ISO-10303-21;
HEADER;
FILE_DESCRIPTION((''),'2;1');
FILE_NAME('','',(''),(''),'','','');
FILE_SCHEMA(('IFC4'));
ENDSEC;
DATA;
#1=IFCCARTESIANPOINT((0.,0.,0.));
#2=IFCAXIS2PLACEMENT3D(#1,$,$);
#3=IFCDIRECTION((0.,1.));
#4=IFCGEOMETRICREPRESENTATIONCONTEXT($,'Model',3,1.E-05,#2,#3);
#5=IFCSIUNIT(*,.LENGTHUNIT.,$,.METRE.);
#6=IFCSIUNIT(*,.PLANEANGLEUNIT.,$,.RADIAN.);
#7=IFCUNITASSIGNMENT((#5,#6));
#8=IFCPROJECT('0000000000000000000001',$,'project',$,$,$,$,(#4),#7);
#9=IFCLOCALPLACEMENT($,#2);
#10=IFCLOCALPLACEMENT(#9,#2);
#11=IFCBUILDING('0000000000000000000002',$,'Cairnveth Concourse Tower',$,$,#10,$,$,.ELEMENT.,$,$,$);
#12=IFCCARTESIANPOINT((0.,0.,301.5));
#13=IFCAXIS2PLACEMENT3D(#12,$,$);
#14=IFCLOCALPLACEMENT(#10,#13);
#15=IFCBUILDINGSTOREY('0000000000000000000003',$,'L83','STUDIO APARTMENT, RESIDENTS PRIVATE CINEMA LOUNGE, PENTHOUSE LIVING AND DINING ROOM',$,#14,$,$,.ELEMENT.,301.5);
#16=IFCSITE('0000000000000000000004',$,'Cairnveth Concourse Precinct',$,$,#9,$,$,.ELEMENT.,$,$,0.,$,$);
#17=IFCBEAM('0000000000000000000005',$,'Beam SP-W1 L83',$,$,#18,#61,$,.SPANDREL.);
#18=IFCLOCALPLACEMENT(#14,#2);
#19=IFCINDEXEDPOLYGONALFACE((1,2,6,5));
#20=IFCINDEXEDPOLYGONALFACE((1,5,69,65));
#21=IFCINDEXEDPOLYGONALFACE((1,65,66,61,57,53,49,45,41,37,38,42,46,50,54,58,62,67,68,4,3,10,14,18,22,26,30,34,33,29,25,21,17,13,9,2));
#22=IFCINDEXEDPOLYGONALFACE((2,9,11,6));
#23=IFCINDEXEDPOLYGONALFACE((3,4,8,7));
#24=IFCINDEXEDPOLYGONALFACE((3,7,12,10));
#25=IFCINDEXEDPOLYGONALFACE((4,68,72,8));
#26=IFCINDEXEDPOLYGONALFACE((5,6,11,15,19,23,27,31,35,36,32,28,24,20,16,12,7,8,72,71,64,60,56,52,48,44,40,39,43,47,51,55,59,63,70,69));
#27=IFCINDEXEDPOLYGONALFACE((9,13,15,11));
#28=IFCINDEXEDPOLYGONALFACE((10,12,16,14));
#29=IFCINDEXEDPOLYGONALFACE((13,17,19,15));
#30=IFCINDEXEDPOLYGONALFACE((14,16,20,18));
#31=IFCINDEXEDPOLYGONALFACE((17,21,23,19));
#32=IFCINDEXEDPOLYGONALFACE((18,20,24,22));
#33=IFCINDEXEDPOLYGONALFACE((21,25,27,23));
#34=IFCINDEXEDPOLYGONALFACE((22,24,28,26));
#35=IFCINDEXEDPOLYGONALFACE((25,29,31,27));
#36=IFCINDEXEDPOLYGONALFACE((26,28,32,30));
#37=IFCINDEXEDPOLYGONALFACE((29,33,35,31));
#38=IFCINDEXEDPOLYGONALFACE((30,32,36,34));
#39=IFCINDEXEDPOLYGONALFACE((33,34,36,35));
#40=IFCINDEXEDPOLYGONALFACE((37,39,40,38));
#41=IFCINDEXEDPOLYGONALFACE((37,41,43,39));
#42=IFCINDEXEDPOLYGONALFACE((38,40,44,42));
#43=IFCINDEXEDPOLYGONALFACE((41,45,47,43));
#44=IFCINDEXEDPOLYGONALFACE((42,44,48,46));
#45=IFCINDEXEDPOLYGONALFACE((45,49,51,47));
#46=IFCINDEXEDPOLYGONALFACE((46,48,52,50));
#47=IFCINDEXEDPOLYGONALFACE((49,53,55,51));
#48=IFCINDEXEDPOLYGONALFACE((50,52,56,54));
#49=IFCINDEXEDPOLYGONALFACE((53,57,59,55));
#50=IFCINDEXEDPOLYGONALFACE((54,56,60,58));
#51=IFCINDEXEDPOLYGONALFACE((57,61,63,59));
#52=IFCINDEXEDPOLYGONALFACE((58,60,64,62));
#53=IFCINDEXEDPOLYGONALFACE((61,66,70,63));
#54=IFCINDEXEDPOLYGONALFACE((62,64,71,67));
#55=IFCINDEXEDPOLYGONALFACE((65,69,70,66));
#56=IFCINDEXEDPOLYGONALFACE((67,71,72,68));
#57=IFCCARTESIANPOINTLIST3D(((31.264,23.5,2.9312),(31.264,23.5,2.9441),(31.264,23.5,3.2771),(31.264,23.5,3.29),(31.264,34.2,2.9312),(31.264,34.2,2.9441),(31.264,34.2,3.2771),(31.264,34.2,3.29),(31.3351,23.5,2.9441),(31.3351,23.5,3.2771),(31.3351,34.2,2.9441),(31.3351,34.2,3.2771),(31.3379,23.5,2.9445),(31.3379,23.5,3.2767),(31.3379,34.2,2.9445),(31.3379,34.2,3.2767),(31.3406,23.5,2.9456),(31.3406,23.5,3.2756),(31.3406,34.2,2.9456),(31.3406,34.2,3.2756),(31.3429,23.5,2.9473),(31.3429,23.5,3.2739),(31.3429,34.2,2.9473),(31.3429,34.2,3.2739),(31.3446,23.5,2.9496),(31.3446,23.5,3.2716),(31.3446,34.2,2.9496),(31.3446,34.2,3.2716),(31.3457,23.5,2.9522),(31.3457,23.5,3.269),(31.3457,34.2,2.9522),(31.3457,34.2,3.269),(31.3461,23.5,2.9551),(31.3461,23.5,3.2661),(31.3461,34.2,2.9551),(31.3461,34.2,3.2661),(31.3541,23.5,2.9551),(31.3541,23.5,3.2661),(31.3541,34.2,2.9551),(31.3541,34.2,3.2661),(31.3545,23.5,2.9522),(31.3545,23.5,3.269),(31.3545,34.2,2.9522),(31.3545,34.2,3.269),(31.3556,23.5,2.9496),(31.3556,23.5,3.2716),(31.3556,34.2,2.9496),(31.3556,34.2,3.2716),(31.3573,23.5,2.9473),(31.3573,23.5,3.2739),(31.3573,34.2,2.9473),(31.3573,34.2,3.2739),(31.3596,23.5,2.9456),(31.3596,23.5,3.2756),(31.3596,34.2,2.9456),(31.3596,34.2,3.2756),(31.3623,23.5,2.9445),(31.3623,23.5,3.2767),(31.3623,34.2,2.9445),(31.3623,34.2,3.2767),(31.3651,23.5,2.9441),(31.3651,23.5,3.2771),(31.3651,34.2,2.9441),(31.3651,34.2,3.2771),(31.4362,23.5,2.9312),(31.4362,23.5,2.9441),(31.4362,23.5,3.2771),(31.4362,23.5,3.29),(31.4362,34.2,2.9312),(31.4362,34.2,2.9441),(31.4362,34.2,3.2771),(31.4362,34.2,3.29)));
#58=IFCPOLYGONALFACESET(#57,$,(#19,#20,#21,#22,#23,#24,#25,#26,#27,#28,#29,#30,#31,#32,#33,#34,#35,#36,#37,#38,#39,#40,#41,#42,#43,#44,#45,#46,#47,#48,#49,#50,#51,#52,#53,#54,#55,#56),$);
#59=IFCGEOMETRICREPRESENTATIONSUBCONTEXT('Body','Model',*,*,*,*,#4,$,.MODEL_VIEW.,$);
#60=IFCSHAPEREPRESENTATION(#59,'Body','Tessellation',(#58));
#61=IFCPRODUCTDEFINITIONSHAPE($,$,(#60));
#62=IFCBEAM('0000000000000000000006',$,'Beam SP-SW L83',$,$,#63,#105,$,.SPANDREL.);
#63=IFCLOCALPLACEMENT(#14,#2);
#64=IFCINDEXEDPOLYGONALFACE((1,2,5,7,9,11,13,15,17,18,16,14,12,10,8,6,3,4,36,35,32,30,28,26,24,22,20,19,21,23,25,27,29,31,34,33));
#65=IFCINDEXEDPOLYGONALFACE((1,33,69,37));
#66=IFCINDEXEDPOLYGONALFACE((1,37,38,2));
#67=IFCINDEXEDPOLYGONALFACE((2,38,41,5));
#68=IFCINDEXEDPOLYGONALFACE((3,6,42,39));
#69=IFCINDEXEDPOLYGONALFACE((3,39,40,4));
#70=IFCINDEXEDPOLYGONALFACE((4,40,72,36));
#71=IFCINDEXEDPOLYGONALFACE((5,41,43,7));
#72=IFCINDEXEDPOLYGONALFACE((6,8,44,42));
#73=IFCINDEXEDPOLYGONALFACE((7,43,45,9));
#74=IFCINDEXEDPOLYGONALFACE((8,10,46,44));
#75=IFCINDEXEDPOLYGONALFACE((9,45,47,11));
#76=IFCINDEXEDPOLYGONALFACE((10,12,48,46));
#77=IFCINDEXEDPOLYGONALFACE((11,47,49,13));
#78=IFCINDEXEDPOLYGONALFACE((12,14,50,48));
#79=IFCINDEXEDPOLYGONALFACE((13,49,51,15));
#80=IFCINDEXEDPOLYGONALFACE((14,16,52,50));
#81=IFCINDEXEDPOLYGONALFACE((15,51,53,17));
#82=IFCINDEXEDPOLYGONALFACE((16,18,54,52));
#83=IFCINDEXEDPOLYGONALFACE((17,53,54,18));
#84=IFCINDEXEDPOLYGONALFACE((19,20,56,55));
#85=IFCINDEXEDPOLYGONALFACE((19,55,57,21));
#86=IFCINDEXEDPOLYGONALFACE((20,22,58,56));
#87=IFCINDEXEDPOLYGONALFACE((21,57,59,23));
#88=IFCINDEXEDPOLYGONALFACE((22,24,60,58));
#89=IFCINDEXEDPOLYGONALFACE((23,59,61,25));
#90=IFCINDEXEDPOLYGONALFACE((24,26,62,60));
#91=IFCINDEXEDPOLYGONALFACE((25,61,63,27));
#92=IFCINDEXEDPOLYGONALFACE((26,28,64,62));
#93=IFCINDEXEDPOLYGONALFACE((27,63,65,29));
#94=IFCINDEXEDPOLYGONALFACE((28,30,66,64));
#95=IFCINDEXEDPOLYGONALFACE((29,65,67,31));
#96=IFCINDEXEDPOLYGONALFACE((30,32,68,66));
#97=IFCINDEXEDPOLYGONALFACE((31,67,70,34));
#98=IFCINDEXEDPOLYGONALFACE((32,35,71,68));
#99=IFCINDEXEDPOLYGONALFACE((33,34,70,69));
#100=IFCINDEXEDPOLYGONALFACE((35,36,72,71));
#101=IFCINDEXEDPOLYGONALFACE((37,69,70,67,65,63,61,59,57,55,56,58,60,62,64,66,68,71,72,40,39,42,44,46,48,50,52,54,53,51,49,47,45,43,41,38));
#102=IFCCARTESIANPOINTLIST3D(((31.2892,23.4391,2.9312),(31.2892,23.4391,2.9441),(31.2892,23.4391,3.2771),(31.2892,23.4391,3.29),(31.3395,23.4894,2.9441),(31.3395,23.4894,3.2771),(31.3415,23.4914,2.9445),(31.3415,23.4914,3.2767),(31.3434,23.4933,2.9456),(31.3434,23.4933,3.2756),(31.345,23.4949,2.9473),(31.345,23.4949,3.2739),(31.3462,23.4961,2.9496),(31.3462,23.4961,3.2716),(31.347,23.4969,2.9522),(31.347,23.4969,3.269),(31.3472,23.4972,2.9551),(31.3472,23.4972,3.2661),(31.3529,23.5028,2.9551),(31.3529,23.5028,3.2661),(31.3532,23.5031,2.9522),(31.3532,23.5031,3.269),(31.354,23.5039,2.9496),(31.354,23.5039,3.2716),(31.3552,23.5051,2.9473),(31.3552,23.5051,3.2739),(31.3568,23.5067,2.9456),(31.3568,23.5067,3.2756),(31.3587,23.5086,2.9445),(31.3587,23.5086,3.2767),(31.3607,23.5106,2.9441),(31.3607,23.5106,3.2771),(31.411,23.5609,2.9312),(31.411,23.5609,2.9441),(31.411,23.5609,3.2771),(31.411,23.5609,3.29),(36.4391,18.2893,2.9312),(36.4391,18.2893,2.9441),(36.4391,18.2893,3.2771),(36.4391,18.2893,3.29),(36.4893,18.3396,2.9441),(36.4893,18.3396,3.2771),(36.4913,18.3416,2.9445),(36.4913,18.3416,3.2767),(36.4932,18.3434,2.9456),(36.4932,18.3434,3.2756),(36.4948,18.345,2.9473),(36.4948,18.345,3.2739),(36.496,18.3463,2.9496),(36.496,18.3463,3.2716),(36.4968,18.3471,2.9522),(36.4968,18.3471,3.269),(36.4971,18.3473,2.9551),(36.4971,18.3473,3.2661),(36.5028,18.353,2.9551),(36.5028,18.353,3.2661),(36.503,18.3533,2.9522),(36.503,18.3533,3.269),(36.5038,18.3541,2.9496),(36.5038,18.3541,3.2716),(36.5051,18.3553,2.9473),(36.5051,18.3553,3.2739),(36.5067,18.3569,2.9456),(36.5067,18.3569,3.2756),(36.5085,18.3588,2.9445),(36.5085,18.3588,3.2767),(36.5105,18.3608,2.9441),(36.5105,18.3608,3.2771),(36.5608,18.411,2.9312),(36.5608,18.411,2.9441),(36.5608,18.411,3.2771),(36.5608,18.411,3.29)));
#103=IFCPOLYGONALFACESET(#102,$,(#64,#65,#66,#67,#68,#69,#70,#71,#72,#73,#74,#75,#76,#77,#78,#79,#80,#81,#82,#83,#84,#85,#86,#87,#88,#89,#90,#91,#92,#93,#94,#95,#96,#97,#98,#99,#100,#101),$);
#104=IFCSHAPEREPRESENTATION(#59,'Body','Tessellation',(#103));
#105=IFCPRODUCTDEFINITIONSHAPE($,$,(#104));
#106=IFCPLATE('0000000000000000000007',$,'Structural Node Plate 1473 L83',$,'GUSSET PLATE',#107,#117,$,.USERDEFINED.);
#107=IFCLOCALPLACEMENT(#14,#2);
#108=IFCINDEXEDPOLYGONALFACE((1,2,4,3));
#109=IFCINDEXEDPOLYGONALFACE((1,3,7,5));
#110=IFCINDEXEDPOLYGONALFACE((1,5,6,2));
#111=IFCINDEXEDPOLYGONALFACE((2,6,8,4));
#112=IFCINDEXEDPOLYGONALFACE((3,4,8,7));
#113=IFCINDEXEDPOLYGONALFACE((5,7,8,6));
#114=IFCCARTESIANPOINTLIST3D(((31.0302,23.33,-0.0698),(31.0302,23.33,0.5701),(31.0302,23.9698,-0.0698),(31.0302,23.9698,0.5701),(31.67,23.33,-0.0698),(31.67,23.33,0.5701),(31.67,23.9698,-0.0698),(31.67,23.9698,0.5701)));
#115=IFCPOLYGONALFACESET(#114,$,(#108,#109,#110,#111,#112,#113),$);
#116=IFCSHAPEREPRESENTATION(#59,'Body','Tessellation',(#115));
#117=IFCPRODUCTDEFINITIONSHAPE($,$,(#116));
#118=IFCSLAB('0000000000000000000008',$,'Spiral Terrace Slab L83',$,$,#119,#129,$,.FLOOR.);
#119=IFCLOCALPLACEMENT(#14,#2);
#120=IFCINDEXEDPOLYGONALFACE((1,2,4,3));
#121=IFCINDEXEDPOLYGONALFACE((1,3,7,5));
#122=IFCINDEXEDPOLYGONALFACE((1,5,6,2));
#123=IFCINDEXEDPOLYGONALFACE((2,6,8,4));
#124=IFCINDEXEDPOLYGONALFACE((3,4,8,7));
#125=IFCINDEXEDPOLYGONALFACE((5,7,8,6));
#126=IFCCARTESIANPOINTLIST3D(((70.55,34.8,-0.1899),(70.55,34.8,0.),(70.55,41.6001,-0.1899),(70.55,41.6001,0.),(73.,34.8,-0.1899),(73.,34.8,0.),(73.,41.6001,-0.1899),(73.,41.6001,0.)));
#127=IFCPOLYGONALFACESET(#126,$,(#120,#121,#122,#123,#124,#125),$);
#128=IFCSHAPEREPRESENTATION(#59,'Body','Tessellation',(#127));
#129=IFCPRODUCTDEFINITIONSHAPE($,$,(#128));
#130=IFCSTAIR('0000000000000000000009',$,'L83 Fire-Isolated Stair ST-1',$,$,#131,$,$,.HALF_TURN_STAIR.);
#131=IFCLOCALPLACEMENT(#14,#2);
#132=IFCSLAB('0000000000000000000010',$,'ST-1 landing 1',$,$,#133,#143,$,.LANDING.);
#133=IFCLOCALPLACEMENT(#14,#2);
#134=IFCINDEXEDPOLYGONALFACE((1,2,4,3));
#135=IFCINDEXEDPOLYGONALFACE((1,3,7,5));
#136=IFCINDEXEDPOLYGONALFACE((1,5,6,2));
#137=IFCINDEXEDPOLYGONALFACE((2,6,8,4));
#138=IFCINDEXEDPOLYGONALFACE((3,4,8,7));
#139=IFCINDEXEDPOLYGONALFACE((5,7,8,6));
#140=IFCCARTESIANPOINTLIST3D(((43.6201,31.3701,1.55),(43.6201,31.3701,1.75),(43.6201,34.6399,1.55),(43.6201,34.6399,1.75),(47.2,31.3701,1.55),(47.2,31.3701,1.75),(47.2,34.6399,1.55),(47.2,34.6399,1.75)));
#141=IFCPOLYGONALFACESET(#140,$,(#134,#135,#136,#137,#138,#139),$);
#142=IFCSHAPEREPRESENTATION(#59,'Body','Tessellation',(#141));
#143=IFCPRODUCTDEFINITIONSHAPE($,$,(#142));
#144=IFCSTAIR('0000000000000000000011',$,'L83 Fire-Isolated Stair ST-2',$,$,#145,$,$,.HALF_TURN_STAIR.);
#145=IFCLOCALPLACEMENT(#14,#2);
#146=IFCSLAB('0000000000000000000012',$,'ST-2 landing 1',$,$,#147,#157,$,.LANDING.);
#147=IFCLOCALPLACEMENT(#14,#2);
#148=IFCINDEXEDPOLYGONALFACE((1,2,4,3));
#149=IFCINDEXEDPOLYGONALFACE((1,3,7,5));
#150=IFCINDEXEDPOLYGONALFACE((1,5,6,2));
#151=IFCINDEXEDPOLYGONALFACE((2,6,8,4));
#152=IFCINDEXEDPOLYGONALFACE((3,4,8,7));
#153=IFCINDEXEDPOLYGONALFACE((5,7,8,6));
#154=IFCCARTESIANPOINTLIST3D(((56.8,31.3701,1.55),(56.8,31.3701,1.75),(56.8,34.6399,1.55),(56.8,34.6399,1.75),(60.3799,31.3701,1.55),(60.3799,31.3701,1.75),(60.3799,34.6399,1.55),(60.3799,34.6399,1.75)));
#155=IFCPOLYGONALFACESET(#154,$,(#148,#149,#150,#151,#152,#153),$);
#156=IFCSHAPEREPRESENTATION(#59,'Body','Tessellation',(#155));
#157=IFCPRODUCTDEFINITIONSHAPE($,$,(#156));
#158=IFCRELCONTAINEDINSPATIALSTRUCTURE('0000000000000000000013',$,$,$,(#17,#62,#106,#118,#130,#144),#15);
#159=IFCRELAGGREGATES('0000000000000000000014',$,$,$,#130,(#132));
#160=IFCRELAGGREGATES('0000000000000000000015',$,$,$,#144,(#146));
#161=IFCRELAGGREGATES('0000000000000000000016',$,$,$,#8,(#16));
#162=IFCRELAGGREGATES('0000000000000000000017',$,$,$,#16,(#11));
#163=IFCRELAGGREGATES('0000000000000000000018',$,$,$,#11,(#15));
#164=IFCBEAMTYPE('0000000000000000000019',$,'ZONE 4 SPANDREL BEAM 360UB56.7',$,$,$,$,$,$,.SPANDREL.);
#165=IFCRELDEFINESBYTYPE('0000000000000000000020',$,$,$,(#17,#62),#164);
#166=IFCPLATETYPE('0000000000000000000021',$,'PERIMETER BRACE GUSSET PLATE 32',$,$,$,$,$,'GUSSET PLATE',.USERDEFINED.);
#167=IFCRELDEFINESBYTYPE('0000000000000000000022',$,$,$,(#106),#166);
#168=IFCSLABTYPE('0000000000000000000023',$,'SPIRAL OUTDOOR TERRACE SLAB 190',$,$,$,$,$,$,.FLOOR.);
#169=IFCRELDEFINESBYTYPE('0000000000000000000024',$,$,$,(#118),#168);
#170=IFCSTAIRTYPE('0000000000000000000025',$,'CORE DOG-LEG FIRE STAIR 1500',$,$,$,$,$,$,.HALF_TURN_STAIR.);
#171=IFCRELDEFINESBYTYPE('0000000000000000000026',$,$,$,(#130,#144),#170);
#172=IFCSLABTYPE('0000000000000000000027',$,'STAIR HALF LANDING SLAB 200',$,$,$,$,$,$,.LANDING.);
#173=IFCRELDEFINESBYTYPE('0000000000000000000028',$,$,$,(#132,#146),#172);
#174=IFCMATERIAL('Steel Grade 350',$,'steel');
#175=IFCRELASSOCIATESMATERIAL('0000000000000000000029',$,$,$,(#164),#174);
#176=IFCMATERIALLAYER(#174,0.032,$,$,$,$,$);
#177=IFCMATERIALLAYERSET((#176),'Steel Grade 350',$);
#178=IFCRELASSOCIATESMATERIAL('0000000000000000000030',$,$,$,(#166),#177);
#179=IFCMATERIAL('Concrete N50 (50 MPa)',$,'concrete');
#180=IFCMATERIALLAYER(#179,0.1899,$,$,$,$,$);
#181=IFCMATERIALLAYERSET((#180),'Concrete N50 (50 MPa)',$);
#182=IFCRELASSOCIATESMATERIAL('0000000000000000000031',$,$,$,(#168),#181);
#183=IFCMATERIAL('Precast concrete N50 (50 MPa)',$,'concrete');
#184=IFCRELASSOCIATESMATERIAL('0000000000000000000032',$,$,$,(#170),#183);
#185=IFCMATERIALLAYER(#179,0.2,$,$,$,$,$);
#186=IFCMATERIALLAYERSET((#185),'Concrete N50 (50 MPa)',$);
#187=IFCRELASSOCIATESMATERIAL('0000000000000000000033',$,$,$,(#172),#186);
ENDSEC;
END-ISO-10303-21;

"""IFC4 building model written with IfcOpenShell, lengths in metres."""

from ifc_helpers import new_model, si_unit, direction, frame, origin, origin_2d, place, context, subcontext, project, spatial, polyline, rectangle, i_section, outline, extrude, material, layer, layer_set, material_profile, profile_set, type_object, element, aggregate, save


model = new_model("IFC4")

# Units and contexts
model_context = context("Model", 3, precision=1e-05, world=origin(), true_north=direction((0.0, 1.0)))
body_context = subcontext(model_context, "Body", "Model", "MODEL_VIEW")
ifc_project = project(units=[si_unit("LENGTHUNIT", "METRE"), si_unit("PLANEANGLEUNIT", "RADIAN")], contexts=[model_context])

# Site, building, storey
site_placement = place(None, origin())
site = spatial("IfcSite", under=ifc_project, at=site_placement, Name="Cairnveth Concourse Precinct", CompositionType="ELEMENT", RefElevation=0.0)
building_placement = place(site_placement, origin())
building = spatial("IfcBuilding", under=site, at=building_placement, Name="Cairnveth Concourse Tower", CompositionType="ELEMENT")
storey_placement = place(building_placement, frame((0.0, 0.0, 301.5)))
storey = spatial("IfcBuildingStorey", under=building, at=storey_placement, Name="L83", Description="STUDIO APARTMENT, RESIDENTS PRIVATE CINEMA LOUNGE, PENTHOUSE LIVING AND DINING ROOM", CompositionType="ELEMENT", Elevation=301.5)

# Shared definitions
ifc_material_1 = material(Name="Steel Grade 350", Category="steel")

# Beams
ifc_material_profile_1 = material_profile(ifc_material_1, i_section(OverallWidth=0.1721, OverallDepth=0.3589, WebThickness=0.0081, FlangeThickness=0.0129, FilletRadius=0.011, at=origin_2d()), Name="360UB56.7")
ifc_profile_set_1 = profile_set([ifc_material_profile_1], Name="Steel Grade 350")
beam_type_1 = type_object("IfcBeamType", Name="ZONE 4 SPANDREL BEAM 360UB56.7", PredefinedType="SPANDREL", material=ifc_profile_set_1)
beam_1_placement = place(storey_placement, frame((31.3501, 23.5, 3.1106), z_axis=(0.0, 1.0, 0.0), x_axis=(-1.0, 0.0, 0.0)))
element("IfcBeam", 1, at=beam_1_placement, inside=storey, type_object=beam_type_1, Name="Beam SP-W1 L83", PredefinedType="SPANDREL", context=body_context, shape_type="SweptSolid", body=[
    extrude(i_section(OverallWidth=0.1721, OverallDepth=0.3589, WebThickness=0.0081, FlangeThickness=0.0129, FilletRadius=0.011, at=origin_2d()), origin(), (0.0, 0.0, 1.0), 10.7),
])
beam_2_placement = place(storey_placement, frame((31.3501, 23.5, 3.1106), z_axis=(0.707107, -0.707107, 0.0), x_axis=(0.707107, 0.707107, 0.0)))
element("IfcBeam", 2, at=beam_2_placement, inside=storey, type_object=beam_type_1, Name="Beam SP-SW L83", PredefinedType="SPANDREL", context=body_context, shape_type="SweptSolid", body=[
    extrude(i_section(OverallWidth=0.1721, OverallDepth=0.3589, WebThickness=0.0081, FlangeThickness=0.0129, FilletRadius=0.011, at=origin_2d()), origin(), (0.0, 0.0, 1.0), 7.283),
])

# Plate
ifc_layer_1 = layer(ifc_material_1, 0.032)
ifc_layer_set_1 = layer_set([ifc_layer_1], Name="Steel Grade 350")
plate_type = type_object("IfcPlateType", Name="PERIMETER BRACE GUSSET PLATE 32", ElementType="GUSSET PLATE", PredefinedType="USERDEFINED", material=ifc_layer_set_1)
plate_placement = place(storey_placement, frame((31.3501, 23.6499, -0.0698), z_axis=(0.0, 0.0, 1.0), x_axis=(1.0, 0.0, 0.0)))
element("IfcPlate", 3, at=plate_placement, inside=storey, type_object=plate_type, Name="Structural Node Plate 1473 L83", ObjectType="GUSSET PLATE", PredefinedType="USERDEFINED", context=body_context, shape_type="SweptSolid", body=[
    extrude(rectangle(XDim=0.6399, YDim=0.6399, at=origin_2d()), origin(), (0.0, 0.0, 1.0), 0.6399),
])

# Slab
ifc_material_2 = material(Name="Concrete N50 (50 MPa)", Category="concrete")
ifc_layer_2 = layer(ifc_material_2, 0.1899)
ifc_layer_set_2 = layer_set([ifc_layer_2], Name="Concrete N50 (50 MPa)")
slab_type_1 = type_object("IfcSlabType", Name="SPIRAL OUTDOOR TERRACE SLAB 190", PredefinedType="FLOOR", material=ifc_layer_set_2)
slab_1_placement = place(storey_placement, frame((0.0, 0.0, -0.1899)))
element("IfcSlab", 4, at=slab_1_placement, inside=storey, type_object=slab_type_1, Name="Spiral Terrace Slab L83", PredefinedType="FLOOR", context=body_context, shape_type="SweptSolid", body=[
    extrude(outline(polyline([(70.55, 34.8), (73.0, 34.8), (73.0, 41.6001), (70.55, 41.6001), (70.55, 34.8)])), origin(), (0.0, 0.0, 1.0), 0.1899),
])

# Stairs, slabs
ifc_material_3 = material(Name="Precast concrete N50 (50 MPa)", Category="concrete")
stair_type = type_object("IfcStairType", Name="CORE DOG-LEG FIRE STAIR 1500", PredefinedType="HALF_TURN_STAIR", material=ifc_material_3)
stair_1_placement = place(storey_placement, origin())
stair_1 = element("IfcStair", 5, at=stair_1_placement, inside=storey, type_object=stair_type, Name="L83 Fire-Isolated Stair ST-1", PredefinedType="HALF_TURN_STAIR")
ifc_layer_3 = layer(ifc_material_2, 0.2)
ifc_layer_set_3 = layer_set([ifc_layer_3], Name="Concrete N50 (50 MPa)")
slab_type_2 = type_object("IfcSlabType", Name="STAIR HALF LANDING SLAB 200", PredefinedType="LANDING", material=ifc_layer_set_3)
slab_2_placement = place(storey_placement, frame((0.0, 0.0, 1.55)))
slab_2 = element("IfcSlab", 6, at=slab_2_placement, type_object=slab_type_2, Name="ST-1 landing 1", PredefinedType="LANDING", context=body_context, shape_type="SweptSolid", body=[
    extrude(outline(polyline([(43.6201, 34.6399), (43.6201, 31.3701), (47.2, 31.3701), (47.2, 34.6399), (43.6201, 34.6399)])), origin(), (0.0, 0.0, 1.0), 0.2),
])
aggregate(stair_1, [slab_2])
stair_2_placement = place(storey_placement, origin())
stair_2 = element("IfcStair", 7, at=stair_2_placement, inside=storey, type_object=stair_type, Name="L83 Fire-Isolated Stair ST-2", PredefinedType="HALF_TURN_STAIR")
slab_3_placement = place(storey_placement, frame((0.0, 0.0, 1.55)))
slab_3 = element("IfcSlab", 8, at=slab_3_placement, type_object=slab_type_2, Name="ST-2 landing 1", PredefinedType="LANDING", context=body_context, shape_type="SweptSolid", body=[
    extrude(outline(polyline([(56.8, 34.6399), (56.8, 31.3701), (60.3799, 31.3701), (60.3799, 34.6399), (56.8, 34.6399)])), origin(), (0.0, 0.0, 1.0), 0.2),
])
aggregate(stair_2, [slab_3])

save(model, "model.ifc")
